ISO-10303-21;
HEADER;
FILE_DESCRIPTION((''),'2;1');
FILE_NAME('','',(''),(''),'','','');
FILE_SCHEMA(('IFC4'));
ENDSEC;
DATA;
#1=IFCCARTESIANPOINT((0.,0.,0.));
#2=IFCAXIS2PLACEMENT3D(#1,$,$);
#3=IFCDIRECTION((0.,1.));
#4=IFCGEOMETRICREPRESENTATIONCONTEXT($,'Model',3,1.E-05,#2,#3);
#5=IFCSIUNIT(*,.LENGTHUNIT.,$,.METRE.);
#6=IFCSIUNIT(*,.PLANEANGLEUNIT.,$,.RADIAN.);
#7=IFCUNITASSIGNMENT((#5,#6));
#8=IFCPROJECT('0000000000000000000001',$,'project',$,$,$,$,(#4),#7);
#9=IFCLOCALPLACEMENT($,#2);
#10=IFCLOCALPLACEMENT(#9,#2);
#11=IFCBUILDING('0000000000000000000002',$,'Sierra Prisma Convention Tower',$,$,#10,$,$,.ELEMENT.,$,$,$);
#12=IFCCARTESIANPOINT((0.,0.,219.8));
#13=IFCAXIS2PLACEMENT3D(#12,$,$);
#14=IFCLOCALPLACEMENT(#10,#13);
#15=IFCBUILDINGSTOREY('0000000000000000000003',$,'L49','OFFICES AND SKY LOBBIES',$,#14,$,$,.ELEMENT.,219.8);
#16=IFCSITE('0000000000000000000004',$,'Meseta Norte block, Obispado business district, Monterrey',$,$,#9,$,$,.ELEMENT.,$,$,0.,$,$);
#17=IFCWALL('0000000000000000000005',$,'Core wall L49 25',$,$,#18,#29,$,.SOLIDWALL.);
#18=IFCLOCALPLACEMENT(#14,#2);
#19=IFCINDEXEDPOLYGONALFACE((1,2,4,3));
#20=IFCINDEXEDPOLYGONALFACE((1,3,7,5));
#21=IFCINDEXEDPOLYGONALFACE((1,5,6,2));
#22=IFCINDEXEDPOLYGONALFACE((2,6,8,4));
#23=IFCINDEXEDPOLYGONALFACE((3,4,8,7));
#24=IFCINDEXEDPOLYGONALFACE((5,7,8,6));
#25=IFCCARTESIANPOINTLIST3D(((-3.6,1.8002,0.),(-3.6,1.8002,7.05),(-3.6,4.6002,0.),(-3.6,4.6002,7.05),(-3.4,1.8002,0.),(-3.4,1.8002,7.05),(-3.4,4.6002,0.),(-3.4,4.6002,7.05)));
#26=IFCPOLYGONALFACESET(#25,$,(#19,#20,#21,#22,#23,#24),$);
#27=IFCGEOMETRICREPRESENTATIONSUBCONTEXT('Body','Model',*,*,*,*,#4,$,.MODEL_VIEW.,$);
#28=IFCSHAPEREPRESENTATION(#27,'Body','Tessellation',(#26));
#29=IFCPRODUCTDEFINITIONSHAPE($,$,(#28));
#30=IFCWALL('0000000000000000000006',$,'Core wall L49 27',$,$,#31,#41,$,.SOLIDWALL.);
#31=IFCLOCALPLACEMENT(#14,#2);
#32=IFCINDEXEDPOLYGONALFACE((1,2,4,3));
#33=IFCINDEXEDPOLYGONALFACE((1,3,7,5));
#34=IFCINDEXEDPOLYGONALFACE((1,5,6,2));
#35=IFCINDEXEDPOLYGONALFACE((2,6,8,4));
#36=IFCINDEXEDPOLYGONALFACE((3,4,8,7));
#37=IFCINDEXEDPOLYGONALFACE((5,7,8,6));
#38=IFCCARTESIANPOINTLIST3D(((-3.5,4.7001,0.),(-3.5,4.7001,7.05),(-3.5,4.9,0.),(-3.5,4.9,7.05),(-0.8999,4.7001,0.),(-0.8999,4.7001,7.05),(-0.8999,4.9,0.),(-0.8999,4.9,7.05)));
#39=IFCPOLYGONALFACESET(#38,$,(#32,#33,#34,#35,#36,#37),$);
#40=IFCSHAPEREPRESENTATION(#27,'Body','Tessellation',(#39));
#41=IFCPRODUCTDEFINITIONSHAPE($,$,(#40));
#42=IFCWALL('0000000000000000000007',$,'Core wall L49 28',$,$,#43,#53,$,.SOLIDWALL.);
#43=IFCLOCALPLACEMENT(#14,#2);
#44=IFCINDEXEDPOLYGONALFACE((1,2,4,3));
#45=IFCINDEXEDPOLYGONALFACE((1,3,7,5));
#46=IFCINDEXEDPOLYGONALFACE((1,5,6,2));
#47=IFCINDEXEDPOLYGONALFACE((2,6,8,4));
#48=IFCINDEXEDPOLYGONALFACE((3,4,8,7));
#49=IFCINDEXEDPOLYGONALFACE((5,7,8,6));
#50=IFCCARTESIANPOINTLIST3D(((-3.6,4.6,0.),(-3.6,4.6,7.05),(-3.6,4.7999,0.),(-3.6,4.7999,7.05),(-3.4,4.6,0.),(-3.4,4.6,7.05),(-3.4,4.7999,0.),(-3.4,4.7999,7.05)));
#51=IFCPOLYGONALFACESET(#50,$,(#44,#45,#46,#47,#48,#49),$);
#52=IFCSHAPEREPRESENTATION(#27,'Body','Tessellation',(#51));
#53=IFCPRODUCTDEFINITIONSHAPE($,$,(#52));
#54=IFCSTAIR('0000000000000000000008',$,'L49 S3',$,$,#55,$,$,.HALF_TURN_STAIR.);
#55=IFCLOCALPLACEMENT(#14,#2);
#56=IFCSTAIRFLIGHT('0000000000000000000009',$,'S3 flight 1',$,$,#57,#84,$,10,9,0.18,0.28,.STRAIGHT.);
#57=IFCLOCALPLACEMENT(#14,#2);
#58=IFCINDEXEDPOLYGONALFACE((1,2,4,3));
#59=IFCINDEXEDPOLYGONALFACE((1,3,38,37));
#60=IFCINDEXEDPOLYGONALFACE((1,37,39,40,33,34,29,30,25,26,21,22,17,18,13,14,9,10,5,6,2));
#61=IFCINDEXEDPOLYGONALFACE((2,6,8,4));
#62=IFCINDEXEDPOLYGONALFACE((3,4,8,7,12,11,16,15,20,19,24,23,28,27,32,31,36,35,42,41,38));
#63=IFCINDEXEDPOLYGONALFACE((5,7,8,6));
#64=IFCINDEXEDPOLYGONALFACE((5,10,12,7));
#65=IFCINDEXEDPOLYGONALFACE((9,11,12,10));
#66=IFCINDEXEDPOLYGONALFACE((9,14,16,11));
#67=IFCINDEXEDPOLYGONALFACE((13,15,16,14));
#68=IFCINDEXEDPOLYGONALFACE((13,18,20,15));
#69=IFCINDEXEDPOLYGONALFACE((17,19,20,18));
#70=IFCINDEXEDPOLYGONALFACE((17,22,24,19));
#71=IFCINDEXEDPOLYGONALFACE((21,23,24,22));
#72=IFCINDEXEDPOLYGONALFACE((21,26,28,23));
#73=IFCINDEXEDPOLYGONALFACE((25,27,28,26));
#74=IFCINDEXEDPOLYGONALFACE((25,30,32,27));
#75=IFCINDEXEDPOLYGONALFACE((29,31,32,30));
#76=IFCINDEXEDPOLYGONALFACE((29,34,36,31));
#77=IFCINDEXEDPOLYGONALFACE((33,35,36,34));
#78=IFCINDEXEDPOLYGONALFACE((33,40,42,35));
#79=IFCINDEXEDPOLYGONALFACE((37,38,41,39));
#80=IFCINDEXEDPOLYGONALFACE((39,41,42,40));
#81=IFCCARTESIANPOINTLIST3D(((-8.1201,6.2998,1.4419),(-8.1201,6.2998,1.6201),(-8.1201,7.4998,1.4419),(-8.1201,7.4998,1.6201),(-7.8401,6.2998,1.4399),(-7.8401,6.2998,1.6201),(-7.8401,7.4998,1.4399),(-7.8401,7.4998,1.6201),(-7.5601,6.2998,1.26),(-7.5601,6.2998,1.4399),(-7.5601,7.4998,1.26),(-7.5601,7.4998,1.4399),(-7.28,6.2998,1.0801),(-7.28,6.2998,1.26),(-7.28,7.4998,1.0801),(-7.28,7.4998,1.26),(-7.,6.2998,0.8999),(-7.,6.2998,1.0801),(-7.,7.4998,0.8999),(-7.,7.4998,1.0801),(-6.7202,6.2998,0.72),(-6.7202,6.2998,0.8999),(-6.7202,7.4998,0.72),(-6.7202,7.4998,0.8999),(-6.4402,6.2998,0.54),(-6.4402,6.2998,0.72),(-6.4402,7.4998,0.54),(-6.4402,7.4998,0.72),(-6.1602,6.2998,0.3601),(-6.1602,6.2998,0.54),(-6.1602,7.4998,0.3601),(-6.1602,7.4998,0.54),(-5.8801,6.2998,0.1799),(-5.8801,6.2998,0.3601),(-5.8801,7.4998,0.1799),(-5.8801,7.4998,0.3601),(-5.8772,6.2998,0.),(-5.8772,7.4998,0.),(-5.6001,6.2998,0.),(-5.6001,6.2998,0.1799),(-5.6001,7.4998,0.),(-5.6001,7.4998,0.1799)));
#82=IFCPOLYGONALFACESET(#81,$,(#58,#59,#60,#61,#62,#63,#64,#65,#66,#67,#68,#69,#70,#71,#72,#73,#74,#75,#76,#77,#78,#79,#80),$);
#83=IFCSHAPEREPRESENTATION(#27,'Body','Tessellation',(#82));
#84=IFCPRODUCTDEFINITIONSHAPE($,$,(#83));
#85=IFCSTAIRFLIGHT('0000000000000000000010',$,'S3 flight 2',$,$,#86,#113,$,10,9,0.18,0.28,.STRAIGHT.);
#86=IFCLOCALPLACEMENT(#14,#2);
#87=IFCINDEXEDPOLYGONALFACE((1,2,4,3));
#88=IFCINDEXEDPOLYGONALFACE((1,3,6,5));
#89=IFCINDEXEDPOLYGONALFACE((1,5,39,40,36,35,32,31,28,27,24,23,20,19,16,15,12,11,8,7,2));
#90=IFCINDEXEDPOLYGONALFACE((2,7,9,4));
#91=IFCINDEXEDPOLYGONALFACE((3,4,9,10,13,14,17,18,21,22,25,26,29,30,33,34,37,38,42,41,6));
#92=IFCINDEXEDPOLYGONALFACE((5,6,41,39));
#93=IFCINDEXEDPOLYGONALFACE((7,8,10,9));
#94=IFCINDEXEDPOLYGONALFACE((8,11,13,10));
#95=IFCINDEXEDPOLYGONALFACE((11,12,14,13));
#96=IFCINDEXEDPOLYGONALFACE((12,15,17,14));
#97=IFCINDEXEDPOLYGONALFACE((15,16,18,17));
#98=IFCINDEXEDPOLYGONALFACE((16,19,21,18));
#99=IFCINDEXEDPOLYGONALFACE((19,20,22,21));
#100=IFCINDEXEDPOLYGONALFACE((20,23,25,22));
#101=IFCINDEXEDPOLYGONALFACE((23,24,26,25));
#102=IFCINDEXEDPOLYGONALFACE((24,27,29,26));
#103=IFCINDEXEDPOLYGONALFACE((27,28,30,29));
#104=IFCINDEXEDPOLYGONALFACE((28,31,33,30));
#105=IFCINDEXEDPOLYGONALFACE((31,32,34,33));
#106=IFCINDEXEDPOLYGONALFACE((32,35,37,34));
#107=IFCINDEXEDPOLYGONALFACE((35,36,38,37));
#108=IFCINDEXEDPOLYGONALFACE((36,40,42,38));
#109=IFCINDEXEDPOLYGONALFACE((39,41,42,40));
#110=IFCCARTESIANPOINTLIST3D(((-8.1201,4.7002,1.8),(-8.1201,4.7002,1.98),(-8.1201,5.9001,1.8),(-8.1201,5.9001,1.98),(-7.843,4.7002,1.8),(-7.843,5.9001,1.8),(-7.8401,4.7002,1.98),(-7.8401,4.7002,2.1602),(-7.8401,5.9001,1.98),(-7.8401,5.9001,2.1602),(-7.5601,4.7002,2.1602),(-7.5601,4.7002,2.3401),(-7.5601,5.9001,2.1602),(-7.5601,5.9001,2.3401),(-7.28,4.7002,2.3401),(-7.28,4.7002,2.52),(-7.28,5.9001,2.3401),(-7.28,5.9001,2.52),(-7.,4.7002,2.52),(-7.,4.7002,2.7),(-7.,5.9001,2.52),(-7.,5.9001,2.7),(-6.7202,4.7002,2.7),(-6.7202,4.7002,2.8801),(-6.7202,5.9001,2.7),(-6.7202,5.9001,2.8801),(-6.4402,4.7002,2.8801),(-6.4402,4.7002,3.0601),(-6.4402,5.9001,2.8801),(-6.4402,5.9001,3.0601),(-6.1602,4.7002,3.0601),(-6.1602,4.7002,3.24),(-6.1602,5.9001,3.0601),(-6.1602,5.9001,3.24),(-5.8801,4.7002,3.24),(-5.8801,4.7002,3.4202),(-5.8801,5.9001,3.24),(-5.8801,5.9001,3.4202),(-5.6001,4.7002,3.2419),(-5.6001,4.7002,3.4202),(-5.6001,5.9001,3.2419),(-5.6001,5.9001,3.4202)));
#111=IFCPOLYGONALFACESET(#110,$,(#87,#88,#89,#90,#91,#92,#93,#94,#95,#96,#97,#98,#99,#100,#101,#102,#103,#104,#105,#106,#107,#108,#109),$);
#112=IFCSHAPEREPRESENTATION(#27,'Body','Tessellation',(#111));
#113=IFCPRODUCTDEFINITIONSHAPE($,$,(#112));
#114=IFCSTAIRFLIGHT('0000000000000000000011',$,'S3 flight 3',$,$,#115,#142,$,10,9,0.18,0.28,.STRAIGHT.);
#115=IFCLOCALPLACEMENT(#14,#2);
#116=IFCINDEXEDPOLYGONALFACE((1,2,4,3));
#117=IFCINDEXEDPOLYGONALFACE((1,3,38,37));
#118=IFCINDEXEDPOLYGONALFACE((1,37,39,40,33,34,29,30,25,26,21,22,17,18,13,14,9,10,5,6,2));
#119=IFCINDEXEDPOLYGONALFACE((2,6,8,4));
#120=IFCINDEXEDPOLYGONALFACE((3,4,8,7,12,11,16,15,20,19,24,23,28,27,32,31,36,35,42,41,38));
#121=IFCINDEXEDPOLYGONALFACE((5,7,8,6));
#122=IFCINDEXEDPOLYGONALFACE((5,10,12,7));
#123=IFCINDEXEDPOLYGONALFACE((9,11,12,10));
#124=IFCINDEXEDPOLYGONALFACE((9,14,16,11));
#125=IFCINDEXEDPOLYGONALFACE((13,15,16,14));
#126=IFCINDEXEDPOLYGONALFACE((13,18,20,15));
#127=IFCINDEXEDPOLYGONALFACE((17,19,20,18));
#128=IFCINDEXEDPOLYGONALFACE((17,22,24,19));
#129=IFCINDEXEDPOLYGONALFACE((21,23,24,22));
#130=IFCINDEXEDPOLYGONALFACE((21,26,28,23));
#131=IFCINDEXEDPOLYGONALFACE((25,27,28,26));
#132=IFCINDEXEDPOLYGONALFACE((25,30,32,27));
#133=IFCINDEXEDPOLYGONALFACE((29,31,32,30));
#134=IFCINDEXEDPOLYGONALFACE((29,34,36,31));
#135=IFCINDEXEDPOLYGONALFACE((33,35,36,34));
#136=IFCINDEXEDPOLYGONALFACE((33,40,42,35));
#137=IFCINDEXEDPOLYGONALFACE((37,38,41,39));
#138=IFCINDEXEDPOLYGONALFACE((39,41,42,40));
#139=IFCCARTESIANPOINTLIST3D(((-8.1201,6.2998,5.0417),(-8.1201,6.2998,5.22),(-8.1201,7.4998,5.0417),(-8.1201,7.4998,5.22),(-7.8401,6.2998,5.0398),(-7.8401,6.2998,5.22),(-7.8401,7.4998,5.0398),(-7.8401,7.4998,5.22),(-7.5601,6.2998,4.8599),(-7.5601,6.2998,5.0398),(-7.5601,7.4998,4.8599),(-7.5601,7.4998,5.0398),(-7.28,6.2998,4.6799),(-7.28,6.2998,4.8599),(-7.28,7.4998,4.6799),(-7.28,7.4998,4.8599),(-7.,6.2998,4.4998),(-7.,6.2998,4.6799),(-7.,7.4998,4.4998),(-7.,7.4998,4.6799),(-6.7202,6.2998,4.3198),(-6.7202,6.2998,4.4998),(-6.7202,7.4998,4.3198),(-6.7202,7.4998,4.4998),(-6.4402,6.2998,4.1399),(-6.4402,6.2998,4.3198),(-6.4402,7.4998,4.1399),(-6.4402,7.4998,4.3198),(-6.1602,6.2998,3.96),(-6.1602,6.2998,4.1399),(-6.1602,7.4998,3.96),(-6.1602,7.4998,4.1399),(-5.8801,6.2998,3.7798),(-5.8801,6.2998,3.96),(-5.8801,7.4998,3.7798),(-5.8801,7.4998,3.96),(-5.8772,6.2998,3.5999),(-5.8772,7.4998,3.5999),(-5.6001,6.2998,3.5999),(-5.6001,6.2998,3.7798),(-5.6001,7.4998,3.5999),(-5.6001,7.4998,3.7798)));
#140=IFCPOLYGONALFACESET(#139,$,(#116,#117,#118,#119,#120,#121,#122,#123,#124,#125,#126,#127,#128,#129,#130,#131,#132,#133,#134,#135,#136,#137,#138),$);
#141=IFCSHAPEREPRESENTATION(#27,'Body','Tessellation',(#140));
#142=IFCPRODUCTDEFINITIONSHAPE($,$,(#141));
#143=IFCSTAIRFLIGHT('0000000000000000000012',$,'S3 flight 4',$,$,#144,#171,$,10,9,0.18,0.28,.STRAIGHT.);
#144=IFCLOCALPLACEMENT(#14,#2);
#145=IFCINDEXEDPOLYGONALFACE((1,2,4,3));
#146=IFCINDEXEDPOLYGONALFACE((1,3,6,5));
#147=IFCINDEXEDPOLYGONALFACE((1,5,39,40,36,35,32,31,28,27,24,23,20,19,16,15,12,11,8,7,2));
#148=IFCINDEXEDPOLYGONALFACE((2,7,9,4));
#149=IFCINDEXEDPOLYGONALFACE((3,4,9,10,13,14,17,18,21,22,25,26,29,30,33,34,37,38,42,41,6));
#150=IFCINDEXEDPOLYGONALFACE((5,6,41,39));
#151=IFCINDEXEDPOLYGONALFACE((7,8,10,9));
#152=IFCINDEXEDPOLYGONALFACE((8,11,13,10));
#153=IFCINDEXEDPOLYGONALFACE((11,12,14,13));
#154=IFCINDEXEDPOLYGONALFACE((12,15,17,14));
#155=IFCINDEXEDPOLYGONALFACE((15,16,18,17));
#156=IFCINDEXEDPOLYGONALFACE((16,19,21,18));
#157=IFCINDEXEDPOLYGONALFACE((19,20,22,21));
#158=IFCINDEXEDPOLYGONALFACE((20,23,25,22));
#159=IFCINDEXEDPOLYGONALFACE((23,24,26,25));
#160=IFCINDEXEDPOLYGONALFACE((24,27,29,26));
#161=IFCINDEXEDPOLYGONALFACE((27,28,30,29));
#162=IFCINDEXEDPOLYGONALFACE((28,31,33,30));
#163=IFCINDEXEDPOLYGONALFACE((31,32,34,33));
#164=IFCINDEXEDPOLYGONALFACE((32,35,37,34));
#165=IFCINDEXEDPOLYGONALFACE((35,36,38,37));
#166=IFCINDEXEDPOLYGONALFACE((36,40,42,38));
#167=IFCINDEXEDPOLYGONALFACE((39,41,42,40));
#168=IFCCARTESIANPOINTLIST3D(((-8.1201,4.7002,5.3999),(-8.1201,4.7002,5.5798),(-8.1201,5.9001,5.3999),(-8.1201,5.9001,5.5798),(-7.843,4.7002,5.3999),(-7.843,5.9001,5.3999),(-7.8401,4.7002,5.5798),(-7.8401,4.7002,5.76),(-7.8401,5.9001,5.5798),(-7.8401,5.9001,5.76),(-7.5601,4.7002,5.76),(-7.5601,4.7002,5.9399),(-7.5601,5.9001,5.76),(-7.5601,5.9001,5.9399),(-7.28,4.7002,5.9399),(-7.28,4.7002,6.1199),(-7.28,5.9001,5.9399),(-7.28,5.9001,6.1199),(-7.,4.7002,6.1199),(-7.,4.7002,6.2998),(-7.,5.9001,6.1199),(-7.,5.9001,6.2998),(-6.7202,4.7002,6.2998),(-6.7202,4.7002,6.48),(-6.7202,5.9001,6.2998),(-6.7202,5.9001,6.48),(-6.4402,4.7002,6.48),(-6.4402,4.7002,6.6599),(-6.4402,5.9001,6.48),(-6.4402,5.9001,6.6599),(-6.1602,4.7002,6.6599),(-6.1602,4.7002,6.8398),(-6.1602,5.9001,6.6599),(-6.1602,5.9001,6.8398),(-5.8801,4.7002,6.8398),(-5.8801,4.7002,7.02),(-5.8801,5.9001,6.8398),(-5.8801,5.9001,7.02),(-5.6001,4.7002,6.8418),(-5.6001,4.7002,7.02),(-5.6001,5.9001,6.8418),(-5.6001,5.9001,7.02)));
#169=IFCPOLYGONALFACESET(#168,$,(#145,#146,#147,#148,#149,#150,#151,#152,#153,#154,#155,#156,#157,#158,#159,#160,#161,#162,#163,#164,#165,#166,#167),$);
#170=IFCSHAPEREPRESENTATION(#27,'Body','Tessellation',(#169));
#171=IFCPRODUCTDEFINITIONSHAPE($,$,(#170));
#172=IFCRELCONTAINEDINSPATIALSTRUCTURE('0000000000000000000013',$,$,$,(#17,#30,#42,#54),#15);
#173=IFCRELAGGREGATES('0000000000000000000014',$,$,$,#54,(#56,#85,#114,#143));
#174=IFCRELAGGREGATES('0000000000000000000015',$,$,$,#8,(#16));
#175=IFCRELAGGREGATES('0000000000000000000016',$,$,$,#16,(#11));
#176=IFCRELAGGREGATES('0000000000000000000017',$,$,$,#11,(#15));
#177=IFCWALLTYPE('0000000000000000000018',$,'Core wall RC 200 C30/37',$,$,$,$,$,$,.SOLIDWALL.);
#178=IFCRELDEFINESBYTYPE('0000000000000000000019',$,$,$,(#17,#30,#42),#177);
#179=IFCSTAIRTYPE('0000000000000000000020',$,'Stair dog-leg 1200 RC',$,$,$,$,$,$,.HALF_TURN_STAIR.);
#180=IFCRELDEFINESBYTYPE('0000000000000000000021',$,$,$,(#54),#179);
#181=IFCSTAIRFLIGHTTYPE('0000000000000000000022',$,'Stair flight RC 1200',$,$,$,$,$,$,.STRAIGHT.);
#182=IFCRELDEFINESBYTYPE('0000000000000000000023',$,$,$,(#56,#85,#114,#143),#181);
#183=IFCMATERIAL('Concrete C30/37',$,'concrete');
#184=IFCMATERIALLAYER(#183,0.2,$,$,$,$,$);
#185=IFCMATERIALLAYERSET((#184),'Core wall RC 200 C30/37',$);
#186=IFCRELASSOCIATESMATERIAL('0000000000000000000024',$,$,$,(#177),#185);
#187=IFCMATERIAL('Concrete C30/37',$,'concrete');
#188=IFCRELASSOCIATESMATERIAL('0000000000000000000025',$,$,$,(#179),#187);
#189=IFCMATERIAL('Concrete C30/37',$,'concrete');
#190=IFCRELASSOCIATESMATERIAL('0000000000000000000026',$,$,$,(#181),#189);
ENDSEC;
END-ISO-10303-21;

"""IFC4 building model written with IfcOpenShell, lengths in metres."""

from ifc_helpers import new_model, si_unit, direction, frame, frame_2d, origin, place, context, subcontext, project, spatial, polyline, rectangle, outline, extrude, material, layer, layer_set, type_object, element, aggregate, save


model = new_model("IFC4")

# Units and contexts
model_context = context("Model", 3, precision=1e-05, world=origin(), true_north=direction((0.0, 1.0)))
body_context = subcontext(model_context, "Body", "Model", "MODEL_VIEW")
ifc_project = project(units=[si_unit("LENGTHUNIT", "METRE"), si_unit("PLANEANGLEUNIT", "RADIAN")], contexts=[model_context])

# Site, building, storey
site_placement = place(None, origin())
site = spatial("IfcSite", under=ifc_project, at=site_placement, Name="Meseta Norte block, Obispado business district, Monterrey", CompositionType="ELEMENT", RefElevation=0.0)
building_placement = place(site_placement, origin())
building = spatial("IfcBuilding", under=site, at=building_placement, Name="Sierra Prisma Convention Tower", CompositionType="ELEMENT")
storey_placement = place(building_placement, frame((0.0, 0.0, 219.8)))
storey = spatial("IfcBuildingStorey", under=building, at=storey_placement, Name="L49", Description="OFFICES AND SKY LOBBIES", CompositionType="ELEMENT", Elevation=219.8)

# Walls
ifc_material_1 = material(Name="Concrete C30/37", Category="concrete")
ifc_layer = layer(ifc_material_1, 0.2)
ifc_layer_set = layer_set([ifc_layer], Name="Core wall RC 200 C30/37")
wall_type = type_object("IfcWallType", Name="Core wall RC 200 C30/37", PredefinedType="SOLIDWALL", material=ifc_layer_set)
wall_1_placement = place(storey_placement, frame((-3.5, 4.6001, 0.0), z_axis=(0.0, 0.0, 1.0), x_axis=(0.0, -1.0, 0.0)))
element("IfcWall", 1, at=wall_1_placement, inside=storey, type_object=wall_type, Name="Core wall L49 25", PredefinedType="SOLIDWALL", context=body_context, shape_type="SweptSolid", body=[
    extrude(rectangle(XDim=2.8, YDim=0.2, at=frame_2d((1.3999, 0.0))), origin(), (0.0, 0.0, 1.0), 7.05),
])
wall_2_placement = place(storey_placement, frame((-0.8999, 4.8, 0.0), z_axis=(0.0, 0.0, 1.0), x_axis=(-1.0, 0.0, 0.0)))
element("IfcWall", 2, at=wall_2_placement, inside=storey, type_object=wall_type, Name="Core wall L49 27", PredefinedType="SOLIDWALL", context=body_context, shape_type="SweptSolid", body=[
    extrude(rectangle(XDim=2.6001, YDim=0.2, at=frame_2d((1.3, 0.0))), origin(), (0.0, 0.0, 1.0), 7.05),
])
wall_3_placement = place(storey_placement, frame((-3.5, 4.8, 0.0), z_axis=(0.0, 0.0, 1.0), x_axis=(0.0, -1.0, 0.0)))
element("IfcWall", 3, at=wall_3_placement, inside=storey, type_object=wall_type, Name="Core wall L49 28", PredefinedType="SOLIDWALL", context=body_context, shape_type="SweptSolid", body=[
    extrude(rectangle(XDim=0.2, YDim=0.2, at=frame_2d((0.1001, 0.0))), origin(), (0.0, 0.0, 1.0), 7.05),
])

# Stair, stair flights
ifc_material_2 = material(Name="Concrete C30/37", Category="concrete")
stair_type = type_object("IfcStairType", Name="Stair dog-leg 1200 RC", PredefinedType="HALF_TURN_STAIR", material=ifc_material_2)
stair_placement = place(storey_placement, origin())
stair = element("IfcStair", 4, at=stair_placement, inside=storey, type_object=stair_type, Name="L49 S3", PredefinedType="HALF_TURN_STAIR")
ifc_material_3 = material(Name="Concrete C30/37", Category="concrete")
stair_flight_type = type_object("IfcStairFlightType", Name="Stair flight RC 1200", PredefinedType="STRAIGHT", material=ifc_material_3)
stair_flight_1_placement = place(storey_placement, frame((-5.6001, 6.8999, 0.0), z_axis=(0.0, 0.0, 1.0), x_axis=(-1.0, 0.0, 0.0)))
stair_flight_1 = element("IfcStairFlight", 5, at=stair_flight_1_placement, type_object=stair_flight_type, Name="S3 flight 1", NumberOfRisers=10, NumberOfTreads=9, PredefinedType="STRAIGHT", RiserHeight=0.18, TreadLength=0.28, context=body_context, shape_type="SweptSolid", body=[
    extrude(outline(polyline([(0.0, 0.0), (0.0, 0.1799), (0.28, 0.1799), (0.28, 0.3601), (0.5601, 0.3601), (0.5601, 0.54), (0.8401, 0.54), (0.8401, 0.72), (1.1201, 0.72), (1.1201, 0.8999), (1.3999, 0.8999), (1.3999, 1.0801), (1.6799, 1.0801), (1.6799, 1.26), (1.96, 1.26), (1.96, 1.4399), (2.24, 1.4399), (2.24, 1.6201), (2.52, 1.6201), (2.52, 1.8), (2.52, 1.4419), (0.2771, 0.0), (0.0, 0.0)])), frame((0.0, 0.6001, 0.0), z_axis=(0.0, -1.0, 0.0), x_axis=(1.0, 0.0, 0.0)), (0.0, 0.0, 1.0), 1.2),
])
stair_flight_2_placement = place(storey_placement, frame((-8.1201, 5.3, 1.8), z_axis=(0.0, 0.0, 1.0), x_axis=(1.0, 0.0, 0.0)))
stair_flight_2 = element("IfcStairFlight", 6, at=stair_flight_2_placement, type_object=stair_flight_type, Name="S3 flight 2", NumberOfRisers=10, NumberOfTreads=9, PredefinedType="STRAIGHT", RiserHeight=0.18, TreadLength=0.28, context=body_context, shape_type="SweptSolid", body=[
    extrude(outline(polyline([(0.0, 0.0), (0.0, 0.1799), (0.28, 0.1799), (0.28, 0.3601), (0.5601, 0.3601), (0.5601, 0.54), (0.8401, 0.54), (0.8401, 0.72), (1.1201, 0.72), (1.1201, 0.8999), (1.3999, 0.8999), (1.3999, 1.0801), (1.6799, 1.0801), (1.6799, 1.26), (1.96, 1.26), (1.96, 1.4399), (2.24, 1.4399), (2.24, 1.6201), (2.52, 1.6201), (2.52, 1.8), (2.52, 1.4419), (0.2771, 0.0), (0.0, 0.0)])), frame((0.0, 0.6001, 0.0), z_axis=(0.0, -1.0, 0.0), x_axis=(1.0, 0.0, 0.0)), (0.0, 0.0, 1.0), 1.2),
])
stair_flight_3_placement = place(storey_placement, frame((-5.6001, 6.8999, 3.5999), z_axis=(0.0, 0.0, 1.0), x_axis=(-1.0, 0.0, 0.0)))
stair_flight_3 = element("IfcStairFlight", 7, at=stair_flight_3_placement, type_object=stair_flight_type, Name="S3 flight 3", NumberOfRisers=10, NumberOfTreads=9, PredefinedType="STRAIGHT", RiserHeight=0.18, TreadLength=0.28, context=body_context, shape_type="SweptSolid", body=[
    extrude(outline(polyline([(0.0, 0.0), (0.0, 0.1799), (0.28, 0.1799), (0.28, 0.3601), (0.5601, 0.3601), (0.5601, 0.54), (0.8401, 0.54), (0.8401, 0.72), (1.1201, 0.72), (1.1201, 0.8999), (1.3999, 0.8999), (1.3999, 1.0801), (1.6799, 1.0801), (1.6799, 1.26), (1.96, 1.26), (1.96, 1.4399), (2.24, 1.4399), (2.24, 1.6201), (2.52, 1.6201), (2.52, 1.8), (2.52, 1.4419), (0.2771, 0.0), (0.0, 0.0)])), frame((0.0, 0.6001, 0.0), z_axis=(0.0, -1.0, 0.0), x_axis=(1.0, 0.0, 0.0)), (0.0, 0.0, 1.0), 1.2),
])
stair_flight_4_placement = place(storey_placement, frame((-8.1201, 5.3, 5.3999), z_axis=(0.0, 0.0, 1.0), x_axis=(1.0, 0.0, 0.0)))
stair_flight_4 = element("IfcStairFlight", 8, at=stair_flight_4_placement, type_object=stair_flight_type, Name="S3 flight 4", NumberOfRisers=10, NumberOfTreads=9, PredefinedType="STRAIGHT", RiserHeight=0.18, TreadLength=0.28, context=body_context, shape_type="SweptSolid", body=[
    extrude(outline(polyline([(0.0, 0.0), (0.0, 0.1799), (0.28, 0.1799), (0.28, 0.3601), (0.5601, 0.3601), (0.5601, 0.54), (0.8401, 0.54), (0.8401, 0.72), (1.1201, 0.72), (1.1201, 0.8999), (1.3999, 0.8999), (1.3999, 1.0801), (1.6799, 1.0801), (1.6799, 1.26), (1.96, 1.26), (1.96, 1.4399), (2.24, 1.4399), (2.24, 1.6201), (2.52, 1.6201), (2.52, 1.8), (2.52, 1.4419), (0.2771, 0.0), (0.0, 0.0)])), frame((0.0, 0.6001, 0.0), z_axis=(0.0, -1.0, 0.0), x_axis=(1.0, 0.0, 0.0)), (0.0, 0.0, 1.0), 1.2),
])
aggregate(stair, [stair_flight_1, stair_flight_2, stair_flight_3, stair_flight_4])

save(model, "model.ifc")
